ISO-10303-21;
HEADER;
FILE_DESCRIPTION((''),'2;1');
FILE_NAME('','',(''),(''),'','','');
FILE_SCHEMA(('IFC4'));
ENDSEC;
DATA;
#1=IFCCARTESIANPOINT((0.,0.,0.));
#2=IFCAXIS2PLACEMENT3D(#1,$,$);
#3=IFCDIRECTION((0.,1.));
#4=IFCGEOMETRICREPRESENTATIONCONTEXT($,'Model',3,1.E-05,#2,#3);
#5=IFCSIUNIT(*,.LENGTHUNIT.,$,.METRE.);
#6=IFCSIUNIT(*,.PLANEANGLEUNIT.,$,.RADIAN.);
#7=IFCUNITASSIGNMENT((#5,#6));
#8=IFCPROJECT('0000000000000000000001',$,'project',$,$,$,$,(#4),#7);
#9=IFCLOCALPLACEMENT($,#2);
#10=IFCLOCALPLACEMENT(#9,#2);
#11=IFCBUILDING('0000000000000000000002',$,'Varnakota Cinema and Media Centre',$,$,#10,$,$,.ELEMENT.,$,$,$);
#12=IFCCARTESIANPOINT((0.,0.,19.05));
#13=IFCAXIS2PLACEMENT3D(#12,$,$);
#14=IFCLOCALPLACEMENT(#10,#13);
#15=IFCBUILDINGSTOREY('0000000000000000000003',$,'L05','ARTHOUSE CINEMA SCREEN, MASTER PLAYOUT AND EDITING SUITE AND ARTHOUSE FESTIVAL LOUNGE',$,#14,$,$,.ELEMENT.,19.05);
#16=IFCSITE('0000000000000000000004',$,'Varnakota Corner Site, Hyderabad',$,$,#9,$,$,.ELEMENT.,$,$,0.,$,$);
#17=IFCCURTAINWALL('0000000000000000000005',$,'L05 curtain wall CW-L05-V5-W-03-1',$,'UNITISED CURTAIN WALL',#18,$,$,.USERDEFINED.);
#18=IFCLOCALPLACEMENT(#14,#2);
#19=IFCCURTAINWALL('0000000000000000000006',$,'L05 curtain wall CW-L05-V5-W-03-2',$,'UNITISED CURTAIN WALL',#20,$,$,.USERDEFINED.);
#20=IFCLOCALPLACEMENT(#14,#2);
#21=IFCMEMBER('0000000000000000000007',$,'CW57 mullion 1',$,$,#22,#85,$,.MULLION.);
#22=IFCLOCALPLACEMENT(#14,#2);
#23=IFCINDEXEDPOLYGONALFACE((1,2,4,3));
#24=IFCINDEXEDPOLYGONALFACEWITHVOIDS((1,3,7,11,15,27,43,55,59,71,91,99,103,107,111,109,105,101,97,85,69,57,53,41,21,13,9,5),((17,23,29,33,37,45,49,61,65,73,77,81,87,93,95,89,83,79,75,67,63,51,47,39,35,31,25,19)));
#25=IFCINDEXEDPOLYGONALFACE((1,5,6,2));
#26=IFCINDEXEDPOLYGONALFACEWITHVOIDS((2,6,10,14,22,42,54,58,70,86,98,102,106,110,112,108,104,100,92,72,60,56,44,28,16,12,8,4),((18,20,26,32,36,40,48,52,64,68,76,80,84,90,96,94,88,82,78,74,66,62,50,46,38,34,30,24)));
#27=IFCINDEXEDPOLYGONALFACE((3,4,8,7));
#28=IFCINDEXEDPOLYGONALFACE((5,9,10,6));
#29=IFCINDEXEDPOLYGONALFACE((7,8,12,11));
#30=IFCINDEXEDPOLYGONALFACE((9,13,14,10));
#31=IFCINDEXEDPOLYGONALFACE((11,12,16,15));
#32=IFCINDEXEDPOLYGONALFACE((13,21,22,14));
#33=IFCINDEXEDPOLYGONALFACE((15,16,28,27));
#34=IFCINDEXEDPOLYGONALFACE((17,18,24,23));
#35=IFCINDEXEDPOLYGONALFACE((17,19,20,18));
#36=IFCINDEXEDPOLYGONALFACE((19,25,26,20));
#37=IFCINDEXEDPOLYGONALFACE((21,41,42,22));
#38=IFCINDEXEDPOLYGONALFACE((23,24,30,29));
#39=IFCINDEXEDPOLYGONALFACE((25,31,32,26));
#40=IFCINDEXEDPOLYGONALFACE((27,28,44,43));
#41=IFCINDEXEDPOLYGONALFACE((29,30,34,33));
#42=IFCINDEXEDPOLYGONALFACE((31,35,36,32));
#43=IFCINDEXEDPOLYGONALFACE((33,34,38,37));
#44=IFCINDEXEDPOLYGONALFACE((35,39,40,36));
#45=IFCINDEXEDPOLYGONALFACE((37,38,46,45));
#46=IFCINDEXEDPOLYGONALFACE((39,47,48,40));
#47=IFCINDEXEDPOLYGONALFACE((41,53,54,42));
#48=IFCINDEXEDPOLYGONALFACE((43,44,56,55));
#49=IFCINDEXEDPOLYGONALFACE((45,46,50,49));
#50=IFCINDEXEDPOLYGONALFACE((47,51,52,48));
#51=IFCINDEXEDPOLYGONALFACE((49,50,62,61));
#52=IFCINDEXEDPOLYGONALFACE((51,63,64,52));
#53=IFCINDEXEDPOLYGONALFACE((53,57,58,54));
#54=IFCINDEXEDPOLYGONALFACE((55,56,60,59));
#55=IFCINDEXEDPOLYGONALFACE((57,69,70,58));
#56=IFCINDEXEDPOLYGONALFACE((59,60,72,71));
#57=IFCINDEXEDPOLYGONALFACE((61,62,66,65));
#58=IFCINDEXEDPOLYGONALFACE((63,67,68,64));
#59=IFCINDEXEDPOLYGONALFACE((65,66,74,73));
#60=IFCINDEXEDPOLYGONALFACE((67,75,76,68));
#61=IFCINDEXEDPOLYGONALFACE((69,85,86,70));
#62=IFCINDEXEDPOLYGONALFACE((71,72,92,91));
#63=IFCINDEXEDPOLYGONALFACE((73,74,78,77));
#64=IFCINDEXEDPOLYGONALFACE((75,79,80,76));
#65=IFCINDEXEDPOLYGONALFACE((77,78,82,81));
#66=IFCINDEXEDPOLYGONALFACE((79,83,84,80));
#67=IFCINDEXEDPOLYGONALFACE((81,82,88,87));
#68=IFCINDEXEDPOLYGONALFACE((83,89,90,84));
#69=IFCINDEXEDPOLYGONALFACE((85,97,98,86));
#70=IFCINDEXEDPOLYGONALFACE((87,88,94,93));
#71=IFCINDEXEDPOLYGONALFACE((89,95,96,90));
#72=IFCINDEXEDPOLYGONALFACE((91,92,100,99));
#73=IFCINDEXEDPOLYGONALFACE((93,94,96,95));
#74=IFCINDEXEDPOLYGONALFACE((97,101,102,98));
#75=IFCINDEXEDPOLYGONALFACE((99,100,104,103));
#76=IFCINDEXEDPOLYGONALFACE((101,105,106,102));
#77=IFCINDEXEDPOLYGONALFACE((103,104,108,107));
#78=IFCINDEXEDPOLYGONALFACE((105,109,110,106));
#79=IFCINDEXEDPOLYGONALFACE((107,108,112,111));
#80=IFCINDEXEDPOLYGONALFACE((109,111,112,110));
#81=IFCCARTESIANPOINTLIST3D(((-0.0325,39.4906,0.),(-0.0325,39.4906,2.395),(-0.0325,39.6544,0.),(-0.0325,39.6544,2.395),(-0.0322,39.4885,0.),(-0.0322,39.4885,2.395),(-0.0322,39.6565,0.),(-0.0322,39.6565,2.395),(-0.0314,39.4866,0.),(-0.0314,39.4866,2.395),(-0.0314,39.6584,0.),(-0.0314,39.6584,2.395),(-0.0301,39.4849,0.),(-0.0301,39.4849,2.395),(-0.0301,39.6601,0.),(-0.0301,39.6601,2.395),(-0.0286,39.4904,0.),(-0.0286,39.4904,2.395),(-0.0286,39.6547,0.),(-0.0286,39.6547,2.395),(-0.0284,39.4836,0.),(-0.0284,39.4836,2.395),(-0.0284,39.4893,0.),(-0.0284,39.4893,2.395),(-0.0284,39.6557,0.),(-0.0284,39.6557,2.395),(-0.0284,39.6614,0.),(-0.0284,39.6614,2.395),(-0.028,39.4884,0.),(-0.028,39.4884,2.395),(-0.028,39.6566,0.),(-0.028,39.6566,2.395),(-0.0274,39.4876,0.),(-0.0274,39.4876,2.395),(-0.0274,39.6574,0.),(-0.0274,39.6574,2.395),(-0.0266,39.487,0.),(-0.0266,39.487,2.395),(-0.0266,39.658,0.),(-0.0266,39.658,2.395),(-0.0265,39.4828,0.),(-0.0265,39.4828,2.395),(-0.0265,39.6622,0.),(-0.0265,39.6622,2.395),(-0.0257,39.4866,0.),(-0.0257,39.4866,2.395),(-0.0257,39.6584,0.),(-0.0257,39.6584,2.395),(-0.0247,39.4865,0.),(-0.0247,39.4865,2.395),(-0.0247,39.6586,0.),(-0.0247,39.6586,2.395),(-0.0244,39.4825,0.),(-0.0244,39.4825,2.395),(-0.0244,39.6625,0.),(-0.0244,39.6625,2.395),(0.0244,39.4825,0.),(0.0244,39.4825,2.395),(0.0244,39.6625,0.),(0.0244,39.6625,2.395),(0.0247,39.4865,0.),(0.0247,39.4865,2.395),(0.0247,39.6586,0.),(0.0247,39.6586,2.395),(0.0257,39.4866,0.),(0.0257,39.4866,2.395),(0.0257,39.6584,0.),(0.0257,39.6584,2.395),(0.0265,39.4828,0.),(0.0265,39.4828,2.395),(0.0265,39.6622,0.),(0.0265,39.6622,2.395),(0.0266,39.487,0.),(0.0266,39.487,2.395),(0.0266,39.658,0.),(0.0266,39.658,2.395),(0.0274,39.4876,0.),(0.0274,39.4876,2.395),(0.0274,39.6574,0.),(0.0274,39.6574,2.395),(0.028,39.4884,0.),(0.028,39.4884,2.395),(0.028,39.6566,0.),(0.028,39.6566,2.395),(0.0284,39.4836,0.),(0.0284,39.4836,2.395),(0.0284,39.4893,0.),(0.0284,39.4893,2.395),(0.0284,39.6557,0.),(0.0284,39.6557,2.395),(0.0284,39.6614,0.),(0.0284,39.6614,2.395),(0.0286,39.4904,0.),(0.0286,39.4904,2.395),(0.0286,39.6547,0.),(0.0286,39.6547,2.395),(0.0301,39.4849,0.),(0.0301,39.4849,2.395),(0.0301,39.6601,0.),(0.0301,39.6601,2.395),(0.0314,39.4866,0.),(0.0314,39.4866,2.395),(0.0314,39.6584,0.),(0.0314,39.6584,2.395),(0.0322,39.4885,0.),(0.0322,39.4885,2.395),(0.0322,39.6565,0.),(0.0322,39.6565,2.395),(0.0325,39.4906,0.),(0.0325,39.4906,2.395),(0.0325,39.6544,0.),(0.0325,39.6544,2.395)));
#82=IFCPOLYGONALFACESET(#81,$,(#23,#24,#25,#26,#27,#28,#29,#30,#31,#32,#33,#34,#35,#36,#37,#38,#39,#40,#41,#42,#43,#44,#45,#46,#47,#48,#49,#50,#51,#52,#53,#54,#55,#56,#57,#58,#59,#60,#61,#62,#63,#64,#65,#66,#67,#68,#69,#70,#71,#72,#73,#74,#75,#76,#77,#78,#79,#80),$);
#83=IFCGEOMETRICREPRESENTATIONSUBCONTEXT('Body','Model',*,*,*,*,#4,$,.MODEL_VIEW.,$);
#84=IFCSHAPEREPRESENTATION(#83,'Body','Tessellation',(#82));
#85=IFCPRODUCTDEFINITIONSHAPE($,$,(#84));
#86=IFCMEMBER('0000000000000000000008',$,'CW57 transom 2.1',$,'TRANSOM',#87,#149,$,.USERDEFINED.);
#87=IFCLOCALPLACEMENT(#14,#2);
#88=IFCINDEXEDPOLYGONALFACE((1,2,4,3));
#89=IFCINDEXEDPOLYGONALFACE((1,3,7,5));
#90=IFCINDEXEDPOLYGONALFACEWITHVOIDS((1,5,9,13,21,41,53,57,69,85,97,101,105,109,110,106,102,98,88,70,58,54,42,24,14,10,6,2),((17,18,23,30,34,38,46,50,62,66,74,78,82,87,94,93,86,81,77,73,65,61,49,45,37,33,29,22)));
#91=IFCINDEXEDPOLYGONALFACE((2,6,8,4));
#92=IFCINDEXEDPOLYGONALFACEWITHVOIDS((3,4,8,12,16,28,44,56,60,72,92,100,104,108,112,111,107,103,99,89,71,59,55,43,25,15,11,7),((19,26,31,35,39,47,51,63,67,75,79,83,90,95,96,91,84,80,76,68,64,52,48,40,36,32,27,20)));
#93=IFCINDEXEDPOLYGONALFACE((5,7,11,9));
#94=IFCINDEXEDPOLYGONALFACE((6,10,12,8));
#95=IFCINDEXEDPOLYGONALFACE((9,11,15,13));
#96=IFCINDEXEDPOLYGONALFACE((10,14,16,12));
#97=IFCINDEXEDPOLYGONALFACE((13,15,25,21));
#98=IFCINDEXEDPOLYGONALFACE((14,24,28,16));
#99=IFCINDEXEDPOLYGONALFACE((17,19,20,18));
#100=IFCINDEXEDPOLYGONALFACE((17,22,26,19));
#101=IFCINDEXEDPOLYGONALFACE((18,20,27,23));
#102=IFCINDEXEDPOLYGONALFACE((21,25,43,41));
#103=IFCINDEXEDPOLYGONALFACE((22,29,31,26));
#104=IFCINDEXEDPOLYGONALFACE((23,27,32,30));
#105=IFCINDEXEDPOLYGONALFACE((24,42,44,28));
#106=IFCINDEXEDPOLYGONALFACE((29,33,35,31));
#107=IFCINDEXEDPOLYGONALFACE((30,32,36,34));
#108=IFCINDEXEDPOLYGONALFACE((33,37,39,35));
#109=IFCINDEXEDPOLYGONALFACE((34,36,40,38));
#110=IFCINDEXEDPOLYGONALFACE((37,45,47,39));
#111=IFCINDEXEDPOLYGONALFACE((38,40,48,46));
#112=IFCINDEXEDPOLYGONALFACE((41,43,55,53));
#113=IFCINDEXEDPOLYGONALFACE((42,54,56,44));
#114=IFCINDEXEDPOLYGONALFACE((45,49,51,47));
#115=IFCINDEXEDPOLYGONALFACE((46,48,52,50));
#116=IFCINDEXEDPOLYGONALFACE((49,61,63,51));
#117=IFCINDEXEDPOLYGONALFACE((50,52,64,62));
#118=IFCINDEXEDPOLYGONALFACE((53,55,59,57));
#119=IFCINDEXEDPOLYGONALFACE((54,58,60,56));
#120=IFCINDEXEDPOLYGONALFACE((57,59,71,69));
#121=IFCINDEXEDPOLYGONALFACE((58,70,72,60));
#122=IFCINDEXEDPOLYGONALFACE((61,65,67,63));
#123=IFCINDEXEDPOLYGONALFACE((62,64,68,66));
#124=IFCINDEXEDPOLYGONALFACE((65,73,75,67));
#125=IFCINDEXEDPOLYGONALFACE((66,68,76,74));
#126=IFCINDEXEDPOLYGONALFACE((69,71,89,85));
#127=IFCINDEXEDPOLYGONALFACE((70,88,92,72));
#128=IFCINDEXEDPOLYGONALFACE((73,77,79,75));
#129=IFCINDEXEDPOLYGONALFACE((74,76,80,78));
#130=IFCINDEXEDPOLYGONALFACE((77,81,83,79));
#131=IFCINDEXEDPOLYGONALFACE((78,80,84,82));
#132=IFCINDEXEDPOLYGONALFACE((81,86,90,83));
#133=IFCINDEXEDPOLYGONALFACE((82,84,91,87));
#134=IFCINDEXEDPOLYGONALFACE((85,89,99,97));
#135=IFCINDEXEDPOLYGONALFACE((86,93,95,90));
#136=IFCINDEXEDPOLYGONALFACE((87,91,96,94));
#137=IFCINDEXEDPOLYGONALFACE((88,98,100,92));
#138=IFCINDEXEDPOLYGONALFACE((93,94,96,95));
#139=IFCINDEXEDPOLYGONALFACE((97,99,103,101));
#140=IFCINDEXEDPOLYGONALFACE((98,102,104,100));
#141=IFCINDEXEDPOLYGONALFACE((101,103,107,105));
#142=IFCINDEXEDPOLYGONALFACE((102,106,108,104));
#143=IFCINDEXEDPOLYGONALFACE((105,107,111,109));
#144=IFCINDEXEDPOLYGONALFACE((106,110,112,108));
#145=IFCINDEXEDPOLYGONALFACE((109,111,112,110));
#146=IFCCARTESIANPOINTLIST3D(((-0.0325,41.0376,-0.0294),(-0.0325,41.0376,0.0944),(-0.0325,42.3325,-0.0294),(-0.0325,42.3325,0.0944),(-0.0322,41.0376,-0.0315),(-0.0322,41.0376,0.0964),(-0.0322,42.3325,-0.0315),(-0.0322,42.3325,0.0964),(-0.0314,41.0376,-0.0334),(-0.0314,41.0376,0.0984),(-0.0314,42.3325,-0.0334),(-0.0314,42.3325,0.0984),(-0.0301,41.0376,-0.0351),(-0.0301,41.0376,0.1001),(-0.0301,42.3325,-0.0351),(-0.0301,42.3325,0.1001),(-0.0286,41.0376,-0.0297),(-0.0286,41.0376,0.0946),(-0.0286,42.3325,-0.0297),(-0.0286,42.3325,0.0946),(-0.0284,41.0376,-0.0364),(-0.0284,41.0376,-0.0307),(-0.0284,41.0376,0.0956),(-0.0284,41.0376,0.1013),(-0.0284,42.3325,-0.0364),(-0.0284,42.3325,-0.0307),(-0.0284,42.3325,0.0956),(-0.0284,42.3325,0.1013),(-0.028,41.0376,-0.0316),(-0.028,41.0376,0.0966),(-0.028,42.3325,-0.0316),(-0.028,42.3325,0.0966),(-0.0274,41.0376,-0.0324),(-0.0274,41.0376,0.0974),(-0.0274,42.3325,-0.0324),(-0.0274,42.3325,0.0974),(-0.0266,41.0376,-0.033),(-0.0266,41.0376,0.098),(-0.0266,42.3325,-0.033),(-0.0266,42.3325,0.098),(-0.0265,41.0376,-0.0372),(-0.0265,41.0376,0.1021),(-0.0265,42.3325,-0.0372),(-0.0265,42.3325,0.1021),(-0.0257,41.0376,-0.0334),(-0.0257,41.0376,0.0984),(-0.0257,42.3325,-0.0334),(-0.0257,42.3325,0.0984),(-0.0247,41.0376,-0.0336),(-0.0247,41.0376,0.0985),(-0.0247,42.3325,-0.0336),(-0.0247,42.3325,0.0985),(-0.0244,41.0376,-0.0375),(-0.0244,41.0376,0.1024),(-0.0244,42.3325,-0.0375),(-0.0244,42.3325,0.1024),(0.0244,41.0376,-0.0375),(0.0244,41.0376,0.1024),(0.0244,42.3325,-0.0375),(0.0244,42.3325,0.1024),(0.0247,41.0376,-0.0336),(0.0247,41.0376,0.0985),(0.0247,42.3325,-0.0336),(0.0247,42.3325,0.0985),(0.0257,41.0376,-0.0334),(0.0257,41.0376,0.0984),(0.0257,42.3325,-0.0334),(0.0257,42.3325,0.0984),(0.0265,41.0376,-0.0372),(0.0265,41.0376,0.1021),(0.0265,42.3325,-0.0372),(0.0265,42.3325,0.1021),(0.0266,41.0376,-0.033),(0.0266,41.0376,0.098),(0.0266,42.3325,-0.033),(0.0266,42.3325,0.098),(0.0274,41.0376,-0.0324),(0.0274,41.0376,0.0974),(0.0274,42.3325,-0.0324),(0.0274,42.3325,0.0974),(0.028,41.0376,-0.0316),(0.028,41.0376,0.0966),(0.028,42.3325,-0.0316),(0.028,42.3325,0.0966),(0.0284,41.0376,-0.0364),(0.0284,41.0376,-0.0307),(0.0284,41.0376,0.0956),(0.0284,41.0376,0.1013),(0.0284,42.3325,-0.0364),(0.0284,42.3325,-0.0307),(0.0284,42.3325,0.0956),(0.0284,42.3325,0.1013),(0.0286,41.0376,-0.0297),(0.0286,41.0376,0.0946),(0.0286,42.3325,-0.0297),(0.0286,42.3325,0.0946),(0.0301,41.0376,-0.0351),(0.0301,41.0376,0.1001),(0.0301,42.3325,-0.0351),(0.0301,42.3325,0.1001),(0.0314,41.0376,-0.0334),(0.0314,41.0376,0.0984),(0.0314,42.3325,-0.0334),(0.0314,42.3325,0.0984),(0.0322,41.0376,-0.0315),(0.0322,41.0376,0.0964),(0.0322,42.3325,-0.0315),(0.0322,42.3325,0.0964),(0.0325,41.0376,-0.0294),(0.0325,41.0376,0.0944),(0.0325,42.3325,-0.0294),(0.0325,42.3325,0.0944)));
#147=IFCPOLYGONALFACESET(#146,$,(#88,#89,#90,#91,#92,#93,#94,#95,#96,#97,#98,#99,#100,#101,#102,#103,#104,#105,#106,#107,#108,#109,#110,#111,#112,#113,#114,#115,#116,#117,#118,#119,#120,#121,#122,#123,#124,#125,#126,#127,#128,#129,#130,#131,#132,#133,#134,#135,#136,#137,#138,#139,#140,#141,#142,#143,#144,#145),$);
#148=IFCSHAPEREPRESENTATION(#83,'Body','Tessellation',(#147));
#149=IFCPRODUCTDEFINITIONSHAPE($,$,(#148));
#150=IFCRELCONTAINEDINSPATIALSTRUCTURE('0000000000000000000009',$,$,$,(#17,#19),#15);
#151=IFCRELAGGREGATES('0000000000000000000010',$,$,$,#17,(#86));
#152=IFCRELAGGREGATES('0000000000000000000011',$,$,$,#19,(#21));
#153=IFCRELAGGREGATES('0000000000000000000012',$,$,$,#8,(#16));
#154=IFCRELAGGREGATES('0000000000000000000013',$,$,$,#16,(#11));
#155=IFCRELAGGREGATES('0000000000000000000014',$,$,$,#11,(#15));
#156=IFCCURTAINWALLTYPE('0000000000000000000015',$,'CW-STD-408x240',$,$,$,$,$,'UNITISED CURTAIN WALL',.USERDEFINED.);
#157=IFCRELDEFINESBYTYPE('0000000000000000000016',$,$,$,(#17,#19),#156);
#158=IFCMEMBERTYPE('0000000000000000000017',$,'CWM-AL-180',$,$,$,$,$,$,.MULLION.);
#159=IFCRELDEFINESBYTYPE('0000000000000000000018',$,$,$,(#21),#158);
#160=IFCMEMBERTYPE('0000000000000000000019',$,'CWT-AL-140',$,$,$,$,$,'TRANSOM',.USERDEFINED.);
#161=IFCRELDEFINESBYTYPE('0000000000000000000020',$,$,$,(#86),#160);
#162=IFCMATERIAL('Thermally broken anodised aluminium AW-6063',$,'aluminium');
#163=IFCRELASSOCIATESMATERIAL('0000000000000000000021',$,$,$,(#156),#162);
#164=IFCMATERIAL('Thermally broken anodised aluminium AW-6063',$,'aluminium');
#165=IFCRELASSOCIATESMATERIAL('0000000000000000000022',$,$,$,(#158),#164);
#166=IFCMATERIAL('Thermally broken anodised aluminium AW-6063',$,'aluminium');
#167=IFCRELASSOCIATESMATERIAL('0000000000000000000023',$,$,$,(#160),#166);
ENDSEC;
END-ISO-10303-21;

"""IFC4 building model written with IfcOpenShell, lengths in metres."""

from ifc_helpers import new_model, si_unit, direction, frame, origin, origin_2d, place, context, subcontext, project, spatial, hollow_rectangle, extrude, material, material_profile, profile_set, type_object, element, aggregate, save


model = new_model("IFC4")

# Units and contexts
model_context = context("Model", 3, precision=1e-05, world=origin(), true_north=direction((0.0, 1.0)))
body_context = subcontext(model_context, "Body", "Model", "MODEL_VIEW")
ifc_project = project(units=[si_unit("LENGTHUNIT", "METRE"), si_unit("PLANEANGLEUNIT", "RADIAN")], contexts=[model_context])

# Site, building, storey
site_placement = place(None, origin())
site = spatial("IfcSite", under=ifc_project, at=site_placement, Name="Varnakota Corner Site, Hyderabad", CompositionType="ELEMENT", RefElevation=0.0)
building_placement = place(site_placement, origin())
building = spatial("IfcBuilding", under=site, at=building_placement, Name="Varnakota Cinema and Media Centre", CompositionType="ELEMENT")
storey_placement = place(building_placement, frame((0.0, 0.0, 19.05)))
storey = spatial("IfcBuildingStorey", under=building, at=storey_placement, Name="L05", Description="ARTHOUSE CINEMA SCREEN, MASTER PLAYOUT AND EDITING SUITE AND ARTHOUSE FESTIVAL LOUNGE", CompositionType="ELEMENT", Elevation=19.05)

# Curtain wall
ifc_material_1 = material(Name="Thermally broken anodised aluminium AW-6063", Category="aluminium")
curtain_wall_type = type_object("IfcCurtainWallType", Name="CW-STD-408x240", ElementType="UNITISED CURTAIN WALL", PredefinedType="USERDEFINED", material=ifc_material_1)
curtain_wall_1_placement = place(storey_placement, origin())
curtain_wall_1 = element("IfcCurtainWall", 1, at=curtain_wall_1_placement, inside=storey, type_object=curtain_wall_type, Name="L05 curtain wall CW-L05-V5-W-03-1", ObjectType="UNITISED CURTAIN WALL", PredefinedType="USERDEFINED")
ifc_material_2 = material(Name="Thermally broken anodised aluminium AW-6063", Category="aluminium")
ifc_material_profile_1 = material_profile(ifc_material_2, hollow_rectangle(XDim=0.0649, YDim=0.1799, WallThickness=0.0039, InnerFilletRadius=0.0039, OuterFilletRadius=0.0081, at=origin_2d()), Name="AL-MULLION 180x65x4")
ifc_profile_set_1 = profile_set([ifc_material_profile_1], Name="Thermally broken anodised aluminium AW-6063")
member_type_1 = type_object("IfcMemberType", Name="CWM-AL-180", PredefinedType="MULLION", material=ifc_profile_set_1)

# Curtain wall, member
curtain_wall_2_placement = place(storey_placement, origin())
curtain_wall_2 = element("IfcCurtainWall", 2, at=curtain_wall_2_placement, inside=storey, type_object=curtain_wall_type, Name="L05 curtain wall CW-L05-V5-W-03-2", ObjectType="UNITISED CURTAIN WALL", PredefinedType="USERDEFINED")
member_1_placement = place(storey_placement, frame((0.0, 39.5725, 0.0), z_axis=(0.0, 0.0, 1.0), x_axis=(1.0, 0.0, 0.0)))
member_1 = element("IfcMember", 3, at=member_1_placement, type_object=member_type_1, Name="CW57 mullion 1", PredefinedType="MULLION", context=body_context, shape_type="SweptSolid", body=[
    extrude(hollow_rectangle(XDim=0.0649, YDim=0.1799, WallThickness=0.0039, InnerFilletRadius=0.0039, OuterFilletRadius=0.0081, at=origin_2d()), origin(), (0.0, 0.0, 1.0), 2.395),
])

# Member
ifc_material_3 = material(Name="Thermally broken anodised aluminium AW-6063", Category="aluminium")
ifc_material_profile_2 = material_profile(ifc_material_3, hollow_rectangle(XDim=0.0649, YDim=0.1399, WallThickness=0.0039, InnerFilletRadius=0.0039, OuterFilletRadius=0.0081, at=origin_2d()), Name="AL-TRANSOM 140x65x4")
ifc_profile_set_2 = profile_set([ifc_material_profile_2], Name="Thermally broken anodised aluminium AW-6063")
member_type_2 = type_object("IfcMemberType", Name="CWT-AL-140", ElementType="TRANSOM", PredefinedType="USERDEFINED", material=ifc_profile_set_2)
member_2_placement = place(storey_placement, frame((0.0, 42.3325, 0.0325), z_axis=(0.0, -1.0, 0.0), x_axis=(1.0, 0.0, 0.0)))
member_2 = element("IfcMember", 4, at=member_2_placement, type_object=member_type_2, Name="CW57 transom 2.1", ObjectType="TRANSOM", PredefinedType="USERDEFINED", context=body_context, shape_type="SweptSolid", body=[
    extrude(hollow_rectangle(XDim=0.0649, YDim=0.1399, WallThickness=0.0039, InnerFilletRadius=0.0039, OuterFilletRadius=0.0081, at=origin_2d()), origin(), (0.0, 0.0, 1.0), 1.2949),
])

aggregate(curtain_wall_1, [member_2])
aggregate(curtain_wall_2, [member_1])

save(model, "model.ifc")
